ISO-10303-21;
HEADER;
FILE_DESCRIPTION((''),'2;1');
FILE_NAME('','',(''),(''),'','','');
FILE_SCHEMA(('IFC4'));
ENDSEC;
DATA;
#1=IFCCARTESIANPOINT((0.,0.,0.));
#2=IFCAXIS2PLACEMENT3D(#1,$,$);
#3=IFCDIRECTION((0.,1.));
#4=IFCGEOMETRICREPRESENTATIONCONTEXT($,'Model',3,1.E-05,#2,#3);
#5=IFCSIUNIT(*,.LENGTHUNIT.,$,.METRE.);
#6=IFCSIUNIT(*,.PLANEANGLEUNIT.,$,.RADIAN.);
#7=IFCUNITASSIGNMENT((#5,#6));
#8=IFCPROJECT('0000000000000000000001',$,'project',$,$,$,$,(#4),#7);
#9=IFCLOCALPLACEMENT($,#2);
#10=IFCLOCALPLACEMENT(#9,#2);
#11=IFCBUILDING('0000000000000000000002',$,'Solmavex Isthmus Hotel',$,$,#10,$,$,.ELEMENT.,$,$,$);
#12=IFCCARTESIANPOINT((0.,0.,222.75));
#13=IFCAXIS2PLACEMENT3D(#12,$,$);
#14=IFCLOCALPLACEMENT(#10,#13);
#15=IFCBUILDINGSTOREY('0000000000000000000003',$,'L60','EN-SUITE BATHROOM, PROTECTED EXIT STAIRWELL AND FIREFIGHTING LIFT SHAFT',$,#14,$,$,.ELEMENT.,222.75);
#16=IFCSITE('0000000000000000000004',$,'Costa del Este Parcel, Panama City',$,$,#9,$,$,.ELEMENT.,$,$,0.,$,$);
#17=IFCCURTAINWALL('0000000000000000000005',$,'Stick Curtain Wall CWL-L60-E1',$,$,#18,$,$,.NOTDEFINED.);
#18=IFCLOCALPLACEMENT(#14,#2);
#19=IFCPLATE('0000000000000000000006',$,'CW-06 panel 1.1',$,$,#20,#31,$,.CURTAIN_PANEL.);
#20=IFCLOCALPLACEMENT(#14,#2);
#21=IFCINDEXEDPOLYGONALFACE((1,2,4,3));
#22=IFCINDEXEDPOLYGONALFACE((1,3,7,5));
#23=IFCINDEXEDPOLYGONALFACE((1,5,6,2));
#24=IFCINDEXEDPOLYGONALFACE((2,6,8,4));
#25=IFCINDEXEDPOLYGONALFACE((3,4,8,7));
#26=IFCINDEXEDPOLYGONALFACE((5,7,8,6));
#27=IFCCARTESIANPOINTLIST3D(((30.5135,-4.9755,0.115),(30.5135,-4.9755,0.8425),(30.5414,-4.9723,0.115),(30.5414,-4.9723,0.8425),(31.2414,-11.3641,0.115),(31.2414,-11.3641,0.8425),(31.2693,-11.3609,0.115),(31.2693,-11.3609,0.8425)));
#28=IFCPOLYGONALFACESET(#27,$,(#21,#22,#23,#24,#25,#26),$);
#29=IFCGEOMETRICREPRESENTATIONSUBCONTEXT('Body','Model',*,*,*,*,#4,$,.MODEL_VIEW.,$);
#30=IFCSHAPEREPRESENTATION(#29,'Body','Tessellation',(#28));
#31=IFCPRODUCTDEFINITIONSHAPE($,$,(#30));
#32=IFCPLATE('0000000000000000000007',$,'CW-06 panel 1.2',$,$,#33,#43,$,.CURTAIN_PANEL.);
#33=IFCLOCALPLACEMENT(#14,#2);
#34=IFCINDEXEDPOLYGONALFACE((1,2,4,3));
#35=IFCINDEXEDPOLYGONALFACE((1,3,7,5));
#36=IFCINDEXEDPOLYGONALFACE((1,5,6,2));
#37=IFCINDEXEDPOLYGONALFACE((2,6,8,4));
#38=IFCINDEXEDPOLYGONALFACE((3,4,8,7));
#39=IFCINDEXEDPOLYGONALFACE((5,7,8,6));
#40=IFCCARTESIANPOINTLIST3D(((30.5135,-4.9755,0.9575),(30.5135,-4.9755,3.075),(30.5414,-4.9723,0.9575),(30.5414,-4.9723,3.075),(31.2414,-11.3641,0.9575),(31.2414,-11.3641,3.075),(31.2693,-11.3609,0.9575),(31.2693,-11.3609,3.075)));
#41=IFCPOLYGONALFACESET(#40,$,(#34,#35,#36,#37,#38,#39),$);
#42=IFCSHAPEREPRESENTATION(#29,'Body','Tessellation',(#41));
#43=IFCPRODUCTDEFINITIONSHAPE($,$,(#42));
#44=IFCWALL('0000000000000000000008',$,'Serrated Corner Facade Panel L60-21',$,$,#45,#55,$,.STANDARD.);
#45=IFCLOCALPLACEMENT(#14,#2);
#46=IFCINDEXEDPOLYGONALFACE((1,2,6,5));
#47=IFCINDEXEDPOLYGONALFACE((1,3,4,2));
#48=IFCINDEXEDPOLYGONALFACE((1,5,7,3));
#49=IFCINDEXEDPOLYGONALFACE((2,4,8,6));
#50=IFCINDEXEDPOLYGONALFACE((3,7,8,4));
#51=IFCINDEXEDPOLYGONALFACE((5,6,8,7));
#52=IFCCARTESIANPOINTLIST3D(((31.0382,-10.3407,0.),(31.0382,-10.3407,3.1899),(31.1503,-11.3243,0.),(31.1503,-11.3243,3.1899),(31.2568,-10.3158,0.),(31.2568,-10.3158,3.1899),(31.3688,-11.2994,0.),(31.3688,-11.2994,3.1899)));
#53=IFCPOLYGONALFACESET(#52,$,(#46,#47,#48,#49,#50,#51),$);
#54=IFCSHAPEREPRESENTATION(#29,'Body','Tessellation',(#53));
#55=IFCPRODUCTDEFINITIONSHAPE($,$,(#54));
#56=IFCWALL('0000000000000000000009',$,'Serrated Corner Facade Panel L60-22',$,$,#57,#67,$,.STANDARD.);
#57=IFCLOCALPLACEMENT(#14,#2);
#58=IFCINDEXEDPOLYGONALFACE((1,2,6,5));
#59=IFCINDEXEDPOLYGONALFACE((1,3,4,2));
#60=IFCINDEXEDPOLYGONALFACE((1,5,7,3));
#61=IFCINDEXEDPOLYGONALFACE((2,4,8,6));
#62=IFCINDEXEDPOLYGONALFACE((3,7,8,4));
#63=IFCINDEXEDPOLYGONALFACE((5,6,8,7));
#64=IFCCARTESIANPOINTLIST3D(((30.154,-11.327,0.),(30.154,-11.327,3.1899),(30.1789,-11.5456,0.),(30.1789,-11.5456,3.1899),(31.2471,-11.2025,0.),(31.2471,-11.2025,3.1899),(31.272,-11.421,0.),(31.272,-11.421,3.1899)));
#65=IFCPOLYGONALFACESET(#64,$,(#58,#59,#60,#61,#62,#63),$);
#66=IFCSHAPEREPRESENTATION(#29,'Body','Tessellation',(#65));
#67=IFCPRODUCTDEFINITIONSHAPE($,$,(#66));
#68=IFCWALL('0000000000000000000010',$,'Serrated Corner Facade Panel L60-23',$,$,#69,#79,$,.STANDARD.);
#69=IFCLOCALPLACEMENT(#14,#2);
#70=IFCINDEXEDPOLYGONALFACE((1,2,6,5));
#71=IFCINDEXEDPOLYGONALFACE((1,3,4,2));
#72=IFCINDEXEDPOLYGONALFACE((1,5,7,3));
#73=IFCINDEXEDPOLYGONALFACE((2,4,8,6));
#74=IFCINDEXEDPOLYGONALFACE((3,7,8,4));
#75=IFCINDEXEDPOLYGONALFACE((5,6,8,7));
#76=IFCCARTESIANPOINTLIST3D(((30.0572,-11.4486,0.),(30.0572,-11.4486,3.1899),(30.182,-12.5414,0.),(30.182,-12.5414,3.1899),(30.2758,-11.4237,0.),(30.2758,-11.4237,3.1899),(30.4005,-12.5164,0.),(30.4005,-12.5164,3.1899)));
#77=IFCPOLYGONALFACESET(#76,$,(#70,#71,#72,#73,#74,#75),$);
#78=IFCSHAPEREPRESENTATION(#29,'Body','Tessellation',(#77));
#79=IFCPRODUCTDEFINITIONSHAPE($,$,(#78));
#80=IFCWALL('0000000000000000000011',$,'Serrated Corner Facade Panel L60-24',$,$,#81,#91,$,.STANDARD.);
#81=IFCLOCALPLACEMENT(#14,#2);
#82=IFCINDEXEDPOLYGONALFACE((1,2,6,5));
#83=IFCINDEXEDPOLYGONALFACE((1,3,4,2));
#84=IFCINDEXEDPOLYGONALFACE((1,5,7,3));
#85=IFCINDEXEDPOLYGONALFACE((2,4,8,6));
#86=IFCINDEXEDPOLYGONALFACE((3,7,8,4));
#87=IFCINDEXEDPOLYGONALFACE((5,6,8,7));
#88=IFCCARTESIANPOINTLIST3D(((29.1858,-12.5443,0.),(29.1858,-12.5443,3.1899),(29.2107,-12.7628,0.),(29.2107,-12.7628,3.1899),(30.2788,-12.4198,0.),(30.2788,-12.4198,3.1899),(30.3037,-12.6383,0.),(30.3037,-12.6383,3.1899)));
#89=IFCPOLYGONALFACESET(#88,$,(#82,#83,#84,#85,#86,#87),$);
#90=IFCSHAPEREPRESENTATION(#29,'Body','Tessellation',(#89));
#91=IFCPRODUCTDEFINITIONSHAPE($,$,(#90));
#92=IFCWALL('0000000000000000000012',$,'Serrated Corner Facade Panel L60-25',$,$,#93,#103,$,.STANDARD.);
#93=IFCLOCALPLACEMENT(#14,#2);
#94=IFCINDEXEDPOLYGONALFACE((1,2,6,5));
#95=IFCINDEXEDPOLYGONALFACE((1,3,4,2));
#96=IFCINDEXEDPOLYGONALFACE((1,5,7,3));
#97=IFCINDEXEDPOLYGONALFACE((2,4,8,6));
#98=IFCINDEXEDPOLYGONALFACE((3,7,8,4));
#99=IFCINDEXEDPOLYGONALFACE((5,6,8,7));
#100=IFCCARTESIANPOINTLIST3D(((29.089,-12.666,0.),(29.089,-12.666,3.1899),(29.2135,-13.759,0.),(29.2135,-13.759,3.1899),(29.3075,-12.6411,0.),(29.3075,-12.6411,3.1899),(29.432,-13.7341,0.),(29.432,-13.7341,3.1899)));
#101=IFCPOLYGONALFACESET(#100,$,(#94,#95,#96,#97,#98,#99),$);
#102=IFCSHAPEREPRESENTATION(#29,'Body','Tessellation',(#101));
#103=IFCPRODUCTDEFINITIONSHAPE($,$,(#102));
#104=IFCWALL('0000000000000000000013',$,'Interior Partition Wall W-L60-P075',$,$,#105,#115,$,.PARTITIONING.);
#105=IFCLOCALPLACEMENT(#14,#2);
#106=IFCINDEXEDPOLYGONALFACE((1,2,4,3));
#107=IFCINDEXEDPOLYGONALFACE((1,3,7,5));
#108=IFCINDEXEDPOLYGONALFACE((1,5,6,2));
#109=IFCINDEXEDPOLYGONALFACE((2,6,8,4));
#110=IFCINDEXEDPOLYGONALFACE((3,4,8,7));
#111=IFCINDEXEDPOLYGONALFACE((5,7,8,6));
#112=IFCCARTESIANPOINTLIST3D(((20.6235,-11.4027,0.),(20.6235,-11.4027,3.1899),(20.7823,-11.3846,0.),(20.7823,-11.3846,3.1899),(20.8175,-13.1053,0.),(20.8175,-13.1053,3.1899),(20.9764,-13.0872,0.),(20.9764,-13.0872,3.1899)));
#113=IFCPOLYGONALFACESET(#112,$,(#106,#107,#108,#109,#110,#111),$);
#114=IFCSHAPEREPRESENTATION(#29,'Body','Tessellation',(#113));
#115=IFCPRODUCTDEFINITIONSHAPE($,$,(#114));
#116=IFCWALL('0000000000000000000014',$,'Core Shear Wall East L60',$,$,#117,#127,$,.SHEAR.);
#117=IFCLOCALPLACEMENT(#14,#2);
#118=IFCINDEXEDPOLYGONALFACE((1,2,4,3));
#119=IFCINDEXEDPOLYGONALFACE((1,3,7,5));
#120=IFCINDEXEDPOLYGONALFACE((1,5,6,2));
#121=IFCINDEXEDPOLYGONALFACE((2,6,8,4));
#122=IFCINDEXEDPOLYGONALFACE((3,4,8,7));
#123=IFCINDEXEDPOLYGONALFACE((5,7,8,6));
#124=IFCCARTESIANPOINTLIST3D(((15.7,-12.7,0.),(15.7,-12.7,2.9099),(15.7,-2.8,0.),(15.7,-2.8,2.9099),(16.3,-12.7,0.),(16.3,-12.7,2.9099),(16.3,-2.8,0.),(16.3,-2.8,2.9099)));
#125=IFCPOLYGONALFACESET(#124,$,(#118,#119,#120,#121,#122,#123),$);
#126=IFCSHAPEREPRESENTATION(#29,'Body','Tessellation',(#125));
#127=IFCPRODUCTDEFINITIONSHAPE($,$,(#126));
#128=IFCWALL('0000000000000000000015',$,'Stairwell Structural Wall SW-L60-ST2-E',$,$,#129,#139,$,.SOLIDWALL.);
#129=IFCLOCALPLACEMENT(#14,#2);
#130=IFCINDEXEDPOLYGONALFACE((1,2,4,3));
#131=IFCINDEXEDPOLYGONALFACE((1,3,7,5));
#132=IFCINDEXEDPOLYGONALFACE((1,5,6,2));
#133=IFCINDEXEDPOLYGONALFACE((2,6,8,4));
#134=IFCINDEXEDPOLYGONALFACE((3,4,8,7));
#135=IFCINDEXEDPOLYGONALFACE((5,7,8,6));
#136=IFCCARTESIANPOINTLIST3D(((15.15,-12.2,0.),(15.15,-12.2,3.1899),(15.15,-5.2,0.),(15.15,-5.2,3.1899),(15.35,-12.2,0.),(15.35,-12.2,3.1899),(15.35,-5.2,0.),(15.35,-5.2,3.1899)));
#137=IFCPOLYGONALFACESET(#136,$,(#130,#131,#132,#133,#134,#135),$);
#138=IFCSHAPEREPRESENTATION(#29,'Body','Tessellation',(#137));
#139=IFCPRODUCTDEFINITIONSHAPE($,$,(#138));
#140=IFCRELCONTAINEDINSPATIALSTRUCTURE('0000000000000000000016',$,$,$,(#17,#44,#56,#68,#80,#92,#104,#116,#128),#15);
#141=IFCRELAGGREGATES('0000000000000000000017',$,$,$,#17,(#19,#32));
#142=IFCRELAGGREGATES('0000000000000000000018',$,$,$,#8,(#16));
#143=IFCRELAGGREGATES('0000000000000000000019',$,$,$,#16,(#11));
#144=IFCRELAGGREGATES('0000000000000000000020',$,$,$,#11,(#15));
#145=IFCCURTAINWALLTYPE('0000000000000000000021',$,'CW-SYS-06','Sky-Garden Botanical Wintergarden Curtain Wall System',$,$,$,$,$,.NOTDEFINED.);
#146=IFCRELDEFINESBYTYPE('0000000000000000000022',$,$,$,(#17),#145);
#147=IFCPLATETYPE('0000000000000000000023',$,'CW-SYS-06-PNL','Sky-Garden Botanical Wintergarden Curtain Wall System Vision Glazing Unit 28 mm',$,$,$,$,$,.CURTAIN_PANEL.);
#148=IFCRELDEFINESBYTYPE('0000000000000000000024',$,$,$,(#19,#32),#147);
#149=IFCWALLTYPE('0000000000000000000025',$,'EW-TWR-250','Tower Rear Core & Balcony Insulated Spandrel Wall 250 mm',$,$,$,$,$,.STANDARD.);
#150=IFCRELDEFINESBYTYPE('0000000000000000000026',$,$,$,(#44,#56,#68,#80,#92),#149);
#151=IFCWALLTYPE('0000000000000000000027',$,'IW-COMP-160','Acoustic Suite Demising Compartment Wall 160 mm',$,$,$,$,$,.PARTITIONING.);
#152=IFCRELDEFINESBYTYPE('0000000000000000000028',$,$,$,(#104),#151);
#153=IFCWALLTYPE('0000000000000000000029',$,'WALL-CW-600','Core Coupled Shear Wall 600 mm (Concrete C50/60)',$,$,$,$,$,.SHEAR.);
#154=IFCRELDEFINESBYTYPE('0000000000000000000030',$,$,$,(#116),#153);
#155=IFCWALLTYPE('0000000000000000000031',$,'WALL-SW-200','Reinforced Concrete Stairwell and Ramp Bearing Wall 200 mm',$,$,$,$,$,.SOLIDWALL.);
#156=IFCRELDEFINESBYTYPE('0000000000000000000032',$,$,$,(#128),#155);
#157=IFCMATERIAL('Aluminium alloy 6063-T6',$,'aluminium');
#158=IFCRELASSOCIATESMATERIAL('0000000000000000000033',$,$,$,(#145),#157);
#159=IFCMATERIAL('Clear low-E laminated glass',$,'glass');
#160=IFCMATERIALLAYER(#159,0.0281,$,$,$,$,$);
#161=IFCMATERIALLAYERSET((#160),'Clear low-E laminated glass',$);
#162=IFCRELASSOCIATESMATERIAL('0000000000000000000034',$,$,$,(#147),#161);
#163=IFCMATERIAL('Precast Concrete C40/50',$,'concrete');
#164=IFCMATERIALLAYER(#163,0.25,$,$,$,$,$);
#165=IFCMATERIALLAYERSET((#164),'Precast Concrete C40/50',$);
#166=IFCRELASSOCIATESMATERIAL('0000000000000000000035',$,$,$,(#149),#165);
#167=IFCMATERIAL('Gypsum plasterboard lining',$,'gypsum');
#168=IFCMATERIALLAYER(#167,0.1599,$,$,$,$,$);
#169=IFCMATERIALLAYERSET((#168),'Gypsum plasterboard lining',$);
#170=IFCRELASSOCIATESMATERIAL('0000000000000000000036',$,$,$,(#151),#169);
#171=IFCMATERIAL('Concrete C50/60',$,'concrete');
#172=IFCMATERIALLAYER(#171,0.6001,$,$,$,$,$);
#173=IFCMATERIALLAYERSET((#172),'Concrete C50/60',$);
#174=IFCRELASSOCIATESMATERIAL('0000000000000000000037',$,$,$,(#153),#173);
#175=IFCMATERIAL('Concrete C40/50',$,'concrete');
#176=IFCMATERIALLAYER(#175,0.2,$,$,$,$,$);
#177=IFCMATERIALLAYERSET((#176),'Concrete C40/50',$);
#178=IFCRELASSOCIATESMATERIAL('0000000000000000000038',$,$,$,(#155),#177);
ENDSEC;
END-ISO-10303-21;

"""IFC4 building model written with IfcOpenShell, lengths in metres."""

from ifc_helpers import new_model, si_unit, direction, frame, frame_2d, origin, origin_2d, place, context, subcontext, project, spatial, rectangle, extrude, material, layer, layer_set, type_object, element, aggregate, save


model = new_model("IFC4")

# Units and contexts
model_context = context("Model", 3, precision=1e-05, world=origin(), true_north=direction((0.0, 1.0)))
body_context = subcontext(model_context, "Body", "Model", "MODEL_VIEW")
ifc_project = project(units=[si_unit("LENGTHUNIT", "METRE"), si_unit("PLANEANGLEUNIT", "RADIAN")], contexts=[model_context])

# Site, building, storey
site_placement = place(None, origin())
site = spatial("IfcSite", under=ifc_project, at=site_placement, Name="Costa del Este Parcel, Panama City", CompositionType="ELEMENT", RefElevation=0.0)
building_placement = place(site_placement, origin())
building = spatial("IfcBuilding", under=site, at=building_placement, Name="Solmavex Isthmus Hotel", CompositionType="ELEMENT")
storey_placement = place(building_placement, frame((0.0, 0.0, 222.75)))
storey = spatial("IfcBuildingStorey", under=building, at=storey_placement, Name="L60", Description="EN-SUITE BATHROOM, PROTECTED EXIT STAIRWELL AND FIREFIGHTING LIFT SHAFT", CompositionType="ELEMENT", Elevation=222.75)

# Shared definitions
ifc_material_1 = material(Name="Concrete C50/60", Category="concrete")

# Curtain wall, plates
ifc_material_2 = material(Name="Aluminium alloy 6063-T6", Category="aluminium")
curtain_wall_type = type_object("IfcCurtainWallType", Name="CW-SYS-06", Description="Sky-Garden Botanical Wintergarden Curtain Wall System", PredefinedType="NOTDEFINED", material=ifc_material_2)
curtain_wall_placement = place(storey_placement, origin())
curtain_wall = element("IfcCurtainWall", 1, at=curtain_wall_placement, inside=storey, type_object=curtain_wall_type, Name="Stick Curtain Wall CWL-L60-E1", PredefinedType="NOTDEFINED")
ifc_material_3 = material(Name="Clear low-E laminated glass", Category="glass")
ifc_layer_1 = layer(ifc_material_3, 0.0281)
ifc_layer_set_1 = layer_set([ifc_layer_1], Name="Clear low-E laminated glass")
plate_type = type_object("IfcPlateType", Name="CW-SYS-06-PNL", Description="Sky-Garden Botanical Wintergarden Curtain Wall System Vision Glazing Unit 28 mm", PredefinedType="CURTAIN_PANEL", material=ifc_layer_set_1)
plate_1_placement = place(storey_placement, frame((30.8914, -8.1682, 0.115), z_axis=(0.0, 0.0, 1.0), x_axis=(-0.113203, 0.993572, 0.0)))
plate_1 = element("IfcPlate", 2, at=plate_1_placement, type_object=plate_type, Name="CW-06 panel 1.1", PredefinedType="CURTAIN_PANEL", context=body_context, shape_type="SweptSolid", body=[
    extrude(rectangle(XDim=6.4299, YDim=0.0281, at=origin_2d()), origin(), (0.0, 0.0, 1.0), 0.7275),
])
plate_2_placement = place(storey_placement, frame((30.8914, -8.1682, 0.9575), z_axis=(0.0, 0.0, 1.0), x_axis=(-0.113203, 0.993572, 0.0)))
plate_2 = element("IfcPlate", 3, at=plate_2_placement, type_object=plate_type, Name="CW-06 panel 1.2", PredefinedType="CURTAIN_PANEL", context=body_context, shape_type="SweptSolid", body=[
    extrude(rectangle(XDim=6.4299, YDim=0.0281, at=origin_2d()), origin(), (0.0, 0.0, 1.0), 2.1174),
])
aggregate(curtain_wall, [plate_1, plate_2])

# Walls
ifc_material_4 = material(Name="Precast Concrete C40/50", Category="concrete")
ifc_layer_2 = layer(ifc_material_4, 0.25)
ifc_layer_set_2 = layer_set([ifc_layer_2], Name="Precast Concrete C40/50")
wall_type_1 = type_object("IfcWallType", Name="EW-TWR-250", Description="Tower Rear Core & Balcony Insulated Spandrel Wall 250 mm", PredefinedType="STANDARD", material=ifc_layer_set_2)
wall_1_placement = place(storey_placement, frame((31.1475, -10.3281, 0.0), z_axis=(0.0, 0.0, 1.0), x_axis=(0.113192, -0.993573, 0.0)))
element("IfcWall", 4, at=wall_1_placement, inside=storey, type_object=wall_type_1, Name="Serrated Corner Facade Panel L60-21", PredefinedType="STANDARD", context=body_context, shape_type="SweptSolid", body=[
    extrude(rectangle(XDim=0.99, YDim=0.22, at=frame_2d((0.4951, 0.0))), origin(), (0.0, 0.0, 1.0), 3.1899),
])
wall_2_placement = place(storey_placement, frame((31.2595, -11.3118, 0.0), z_axis=(0.0, 0.0, 1.0), x_axis=(-0.993574, -0.113184, 0.0)))
element("IfcWall", 5, at=wall_2_placement, inside=storey, type_object=wall_type_1, Name="Serrated Corner Facade Panel L60-22", PredefinedType="STANDARD", context=body_context, shape_type="SweptSolid", body=[
    extrude(rectangle(XDim=1.1001, YDim=0.22, at=frame_2d((0.55, 0.0))), origin(), (0.0, 0.0, 1.0), 3.1899),
])
wall_3_placement = place(storey_placement, frame((30.1665, -11.4363, 0.0), z_axis=(0.0, 0.0, 1.0), x_axis=(0.113428, -0.993546, 0.0)))
element("IfcWall", 6, at=wall_3_placement, inside=storey, type_object=wall_type_1, Name="Serrated Corner Facade Panel L60-23", PredefinedType="STANDARD", context=body_context, shape_type="SweptSolid", body=[
    extrude(rectangle(XDim=1.0999, YDim=0.22, at=frame_2d((0.5498, 0.0))), origin(), (0.0, 0.0, 1.0), 3.1899),
])
for number, where, z_axis, x_axis, name in (
    (7, (30.2913, -12.5291, 0.0), (0.0, 0.0, 1.0), (-0.993574, -0.113184, 0.0), "Serrated Corner Facade Panel L60-24"),
    (8, (29.1982, -12.6536, 0.0), (0.0, 0.0, 1.0), (0.113184, -0.993574, 0.0), "Serrated Corner Facade Panel L60-25"),
):
    element("IfcWall", number, at=place(storey_placement, frame(where, z_axis=z_axis, x_axis=x_axis)), inside=storey, type_object=wall_type_1, Name=name, PredefinedType="STANDARD", context=body_context, shape_type="SweptSolid", body=[
        extrude(rectangle(XDim=1.1001, YDim=0.22, at=frame_2d((0.55, 0.0))), origin(), (0.0, 0.0, 1.0), 3.1899),
    ])
ifc_material_5 = material(Name="Gypsum plasterboard lining", Category="gypsum")
ifc_layer_3 = layer(ifc_material_5, 0.1599)
ifc_layer_set_3 = layer_set([ifc_layer_3], Name="Gypsum plasterboard lining")
wall_type_2 = type_object("IfcWallType", Name="IW-COMP-160", Description="Acoustic Suite Demising Compartment Wall 160 mm", PredefinedType="PARTITIONING", material=ifc_layer_set_3)
wall_4_placement = place(storey_placement, frame((20.7029, -11.3936, 0.0), z_axis=(0.0, 0.0, 1.0), x_axis=(0.113261, -0.993565, 0.0)))
element("IfcWall", 9, at=wall_4_placement, inside=storey, type_object=wall_type_2, Name="Interior Partition Wall W-L60-P075", PredefinedType="PARTITIONING", context=body_context, shape_type="SweptSolid", body=[
    extrude(rectangle(XDim=1.7136, YDim=0.1599, at=frame_2d((0.8569, 0.0))), origin(), (0.0, 0.0, 1.0), 3.1899),
])
ifc_layer_4 = layer(ifc_material_1, 0.6001)
ifc_layer_set_4 = layer_set([ifc_layer_4], Name="Concrete C50/60")
wall_type_3 = type_object("IfcWallType", Name="WALL-CW-600", Description="Core Coupled Shear Wall 600 mm (Concrete C50/60)", PredefinedType="SHEAR", material=ifc_layer_set_4)
wall_5_placement = place(storey_placement, frame((16.0, -12.7, 0.0), z_axis=(0.0, 0.0, 1.0), x_axis=(0.0, 1.0, 0.0)))
element("IfcWall", 10, at=wall_5_placement, inside=storey, type_object=wall_type_3, Name="Core Shear Wall East L60", PredefinedType="SHEAR", context=body_context, shape_type="SweptSolid", body=[
    extrude(rectangle(XDim=9.8999, YDim=0.6001, at=frame_2d((4.95, 0.0))), origin(), (0.0, 0.0, 1.0), 2.9099),
])
ifc_material_6 = material(Name="Concrete C40/50", Category="concrete")
ifc_layer_5 = layer(ifc_material_6, 0.2)
ifc_layer_set_5 = layer_set([ifc_layer_5], Name="Concrete C40/50")
wall_type_4 = type_object("IfcWallType", Name="WALL-SW-200", Description="Reinforced Concrete Stairwell and Ramp Bearing Wall 200 mm", PredefinedType="SOLIDWALL", material=ifc_layer_set_5)
wall_6_placement = place(storey_placement, frame((15.25, -12.2, 0.0), z_axis=(0.0, 0.0, 1.0), x_axis=(0.0, 1.0, 0.0)))
element("IfcWall", 11, at=wall_6_placement, inside=storey, type_object=wall_type_4, Name="Stairwell Structural Wall SW-L60-ST2-E", PredefinedType="SOLIDWALL", context=body_context, shape_type="SweptSolid", body=[
    extrude(rectangle(XDim=7.0, YDim=0.2, at=frame_2d((3.5, 0.0))), origin(), (0.0, 0.0, 1.0), 3.1899),
])

save(model, "model.ifc")
